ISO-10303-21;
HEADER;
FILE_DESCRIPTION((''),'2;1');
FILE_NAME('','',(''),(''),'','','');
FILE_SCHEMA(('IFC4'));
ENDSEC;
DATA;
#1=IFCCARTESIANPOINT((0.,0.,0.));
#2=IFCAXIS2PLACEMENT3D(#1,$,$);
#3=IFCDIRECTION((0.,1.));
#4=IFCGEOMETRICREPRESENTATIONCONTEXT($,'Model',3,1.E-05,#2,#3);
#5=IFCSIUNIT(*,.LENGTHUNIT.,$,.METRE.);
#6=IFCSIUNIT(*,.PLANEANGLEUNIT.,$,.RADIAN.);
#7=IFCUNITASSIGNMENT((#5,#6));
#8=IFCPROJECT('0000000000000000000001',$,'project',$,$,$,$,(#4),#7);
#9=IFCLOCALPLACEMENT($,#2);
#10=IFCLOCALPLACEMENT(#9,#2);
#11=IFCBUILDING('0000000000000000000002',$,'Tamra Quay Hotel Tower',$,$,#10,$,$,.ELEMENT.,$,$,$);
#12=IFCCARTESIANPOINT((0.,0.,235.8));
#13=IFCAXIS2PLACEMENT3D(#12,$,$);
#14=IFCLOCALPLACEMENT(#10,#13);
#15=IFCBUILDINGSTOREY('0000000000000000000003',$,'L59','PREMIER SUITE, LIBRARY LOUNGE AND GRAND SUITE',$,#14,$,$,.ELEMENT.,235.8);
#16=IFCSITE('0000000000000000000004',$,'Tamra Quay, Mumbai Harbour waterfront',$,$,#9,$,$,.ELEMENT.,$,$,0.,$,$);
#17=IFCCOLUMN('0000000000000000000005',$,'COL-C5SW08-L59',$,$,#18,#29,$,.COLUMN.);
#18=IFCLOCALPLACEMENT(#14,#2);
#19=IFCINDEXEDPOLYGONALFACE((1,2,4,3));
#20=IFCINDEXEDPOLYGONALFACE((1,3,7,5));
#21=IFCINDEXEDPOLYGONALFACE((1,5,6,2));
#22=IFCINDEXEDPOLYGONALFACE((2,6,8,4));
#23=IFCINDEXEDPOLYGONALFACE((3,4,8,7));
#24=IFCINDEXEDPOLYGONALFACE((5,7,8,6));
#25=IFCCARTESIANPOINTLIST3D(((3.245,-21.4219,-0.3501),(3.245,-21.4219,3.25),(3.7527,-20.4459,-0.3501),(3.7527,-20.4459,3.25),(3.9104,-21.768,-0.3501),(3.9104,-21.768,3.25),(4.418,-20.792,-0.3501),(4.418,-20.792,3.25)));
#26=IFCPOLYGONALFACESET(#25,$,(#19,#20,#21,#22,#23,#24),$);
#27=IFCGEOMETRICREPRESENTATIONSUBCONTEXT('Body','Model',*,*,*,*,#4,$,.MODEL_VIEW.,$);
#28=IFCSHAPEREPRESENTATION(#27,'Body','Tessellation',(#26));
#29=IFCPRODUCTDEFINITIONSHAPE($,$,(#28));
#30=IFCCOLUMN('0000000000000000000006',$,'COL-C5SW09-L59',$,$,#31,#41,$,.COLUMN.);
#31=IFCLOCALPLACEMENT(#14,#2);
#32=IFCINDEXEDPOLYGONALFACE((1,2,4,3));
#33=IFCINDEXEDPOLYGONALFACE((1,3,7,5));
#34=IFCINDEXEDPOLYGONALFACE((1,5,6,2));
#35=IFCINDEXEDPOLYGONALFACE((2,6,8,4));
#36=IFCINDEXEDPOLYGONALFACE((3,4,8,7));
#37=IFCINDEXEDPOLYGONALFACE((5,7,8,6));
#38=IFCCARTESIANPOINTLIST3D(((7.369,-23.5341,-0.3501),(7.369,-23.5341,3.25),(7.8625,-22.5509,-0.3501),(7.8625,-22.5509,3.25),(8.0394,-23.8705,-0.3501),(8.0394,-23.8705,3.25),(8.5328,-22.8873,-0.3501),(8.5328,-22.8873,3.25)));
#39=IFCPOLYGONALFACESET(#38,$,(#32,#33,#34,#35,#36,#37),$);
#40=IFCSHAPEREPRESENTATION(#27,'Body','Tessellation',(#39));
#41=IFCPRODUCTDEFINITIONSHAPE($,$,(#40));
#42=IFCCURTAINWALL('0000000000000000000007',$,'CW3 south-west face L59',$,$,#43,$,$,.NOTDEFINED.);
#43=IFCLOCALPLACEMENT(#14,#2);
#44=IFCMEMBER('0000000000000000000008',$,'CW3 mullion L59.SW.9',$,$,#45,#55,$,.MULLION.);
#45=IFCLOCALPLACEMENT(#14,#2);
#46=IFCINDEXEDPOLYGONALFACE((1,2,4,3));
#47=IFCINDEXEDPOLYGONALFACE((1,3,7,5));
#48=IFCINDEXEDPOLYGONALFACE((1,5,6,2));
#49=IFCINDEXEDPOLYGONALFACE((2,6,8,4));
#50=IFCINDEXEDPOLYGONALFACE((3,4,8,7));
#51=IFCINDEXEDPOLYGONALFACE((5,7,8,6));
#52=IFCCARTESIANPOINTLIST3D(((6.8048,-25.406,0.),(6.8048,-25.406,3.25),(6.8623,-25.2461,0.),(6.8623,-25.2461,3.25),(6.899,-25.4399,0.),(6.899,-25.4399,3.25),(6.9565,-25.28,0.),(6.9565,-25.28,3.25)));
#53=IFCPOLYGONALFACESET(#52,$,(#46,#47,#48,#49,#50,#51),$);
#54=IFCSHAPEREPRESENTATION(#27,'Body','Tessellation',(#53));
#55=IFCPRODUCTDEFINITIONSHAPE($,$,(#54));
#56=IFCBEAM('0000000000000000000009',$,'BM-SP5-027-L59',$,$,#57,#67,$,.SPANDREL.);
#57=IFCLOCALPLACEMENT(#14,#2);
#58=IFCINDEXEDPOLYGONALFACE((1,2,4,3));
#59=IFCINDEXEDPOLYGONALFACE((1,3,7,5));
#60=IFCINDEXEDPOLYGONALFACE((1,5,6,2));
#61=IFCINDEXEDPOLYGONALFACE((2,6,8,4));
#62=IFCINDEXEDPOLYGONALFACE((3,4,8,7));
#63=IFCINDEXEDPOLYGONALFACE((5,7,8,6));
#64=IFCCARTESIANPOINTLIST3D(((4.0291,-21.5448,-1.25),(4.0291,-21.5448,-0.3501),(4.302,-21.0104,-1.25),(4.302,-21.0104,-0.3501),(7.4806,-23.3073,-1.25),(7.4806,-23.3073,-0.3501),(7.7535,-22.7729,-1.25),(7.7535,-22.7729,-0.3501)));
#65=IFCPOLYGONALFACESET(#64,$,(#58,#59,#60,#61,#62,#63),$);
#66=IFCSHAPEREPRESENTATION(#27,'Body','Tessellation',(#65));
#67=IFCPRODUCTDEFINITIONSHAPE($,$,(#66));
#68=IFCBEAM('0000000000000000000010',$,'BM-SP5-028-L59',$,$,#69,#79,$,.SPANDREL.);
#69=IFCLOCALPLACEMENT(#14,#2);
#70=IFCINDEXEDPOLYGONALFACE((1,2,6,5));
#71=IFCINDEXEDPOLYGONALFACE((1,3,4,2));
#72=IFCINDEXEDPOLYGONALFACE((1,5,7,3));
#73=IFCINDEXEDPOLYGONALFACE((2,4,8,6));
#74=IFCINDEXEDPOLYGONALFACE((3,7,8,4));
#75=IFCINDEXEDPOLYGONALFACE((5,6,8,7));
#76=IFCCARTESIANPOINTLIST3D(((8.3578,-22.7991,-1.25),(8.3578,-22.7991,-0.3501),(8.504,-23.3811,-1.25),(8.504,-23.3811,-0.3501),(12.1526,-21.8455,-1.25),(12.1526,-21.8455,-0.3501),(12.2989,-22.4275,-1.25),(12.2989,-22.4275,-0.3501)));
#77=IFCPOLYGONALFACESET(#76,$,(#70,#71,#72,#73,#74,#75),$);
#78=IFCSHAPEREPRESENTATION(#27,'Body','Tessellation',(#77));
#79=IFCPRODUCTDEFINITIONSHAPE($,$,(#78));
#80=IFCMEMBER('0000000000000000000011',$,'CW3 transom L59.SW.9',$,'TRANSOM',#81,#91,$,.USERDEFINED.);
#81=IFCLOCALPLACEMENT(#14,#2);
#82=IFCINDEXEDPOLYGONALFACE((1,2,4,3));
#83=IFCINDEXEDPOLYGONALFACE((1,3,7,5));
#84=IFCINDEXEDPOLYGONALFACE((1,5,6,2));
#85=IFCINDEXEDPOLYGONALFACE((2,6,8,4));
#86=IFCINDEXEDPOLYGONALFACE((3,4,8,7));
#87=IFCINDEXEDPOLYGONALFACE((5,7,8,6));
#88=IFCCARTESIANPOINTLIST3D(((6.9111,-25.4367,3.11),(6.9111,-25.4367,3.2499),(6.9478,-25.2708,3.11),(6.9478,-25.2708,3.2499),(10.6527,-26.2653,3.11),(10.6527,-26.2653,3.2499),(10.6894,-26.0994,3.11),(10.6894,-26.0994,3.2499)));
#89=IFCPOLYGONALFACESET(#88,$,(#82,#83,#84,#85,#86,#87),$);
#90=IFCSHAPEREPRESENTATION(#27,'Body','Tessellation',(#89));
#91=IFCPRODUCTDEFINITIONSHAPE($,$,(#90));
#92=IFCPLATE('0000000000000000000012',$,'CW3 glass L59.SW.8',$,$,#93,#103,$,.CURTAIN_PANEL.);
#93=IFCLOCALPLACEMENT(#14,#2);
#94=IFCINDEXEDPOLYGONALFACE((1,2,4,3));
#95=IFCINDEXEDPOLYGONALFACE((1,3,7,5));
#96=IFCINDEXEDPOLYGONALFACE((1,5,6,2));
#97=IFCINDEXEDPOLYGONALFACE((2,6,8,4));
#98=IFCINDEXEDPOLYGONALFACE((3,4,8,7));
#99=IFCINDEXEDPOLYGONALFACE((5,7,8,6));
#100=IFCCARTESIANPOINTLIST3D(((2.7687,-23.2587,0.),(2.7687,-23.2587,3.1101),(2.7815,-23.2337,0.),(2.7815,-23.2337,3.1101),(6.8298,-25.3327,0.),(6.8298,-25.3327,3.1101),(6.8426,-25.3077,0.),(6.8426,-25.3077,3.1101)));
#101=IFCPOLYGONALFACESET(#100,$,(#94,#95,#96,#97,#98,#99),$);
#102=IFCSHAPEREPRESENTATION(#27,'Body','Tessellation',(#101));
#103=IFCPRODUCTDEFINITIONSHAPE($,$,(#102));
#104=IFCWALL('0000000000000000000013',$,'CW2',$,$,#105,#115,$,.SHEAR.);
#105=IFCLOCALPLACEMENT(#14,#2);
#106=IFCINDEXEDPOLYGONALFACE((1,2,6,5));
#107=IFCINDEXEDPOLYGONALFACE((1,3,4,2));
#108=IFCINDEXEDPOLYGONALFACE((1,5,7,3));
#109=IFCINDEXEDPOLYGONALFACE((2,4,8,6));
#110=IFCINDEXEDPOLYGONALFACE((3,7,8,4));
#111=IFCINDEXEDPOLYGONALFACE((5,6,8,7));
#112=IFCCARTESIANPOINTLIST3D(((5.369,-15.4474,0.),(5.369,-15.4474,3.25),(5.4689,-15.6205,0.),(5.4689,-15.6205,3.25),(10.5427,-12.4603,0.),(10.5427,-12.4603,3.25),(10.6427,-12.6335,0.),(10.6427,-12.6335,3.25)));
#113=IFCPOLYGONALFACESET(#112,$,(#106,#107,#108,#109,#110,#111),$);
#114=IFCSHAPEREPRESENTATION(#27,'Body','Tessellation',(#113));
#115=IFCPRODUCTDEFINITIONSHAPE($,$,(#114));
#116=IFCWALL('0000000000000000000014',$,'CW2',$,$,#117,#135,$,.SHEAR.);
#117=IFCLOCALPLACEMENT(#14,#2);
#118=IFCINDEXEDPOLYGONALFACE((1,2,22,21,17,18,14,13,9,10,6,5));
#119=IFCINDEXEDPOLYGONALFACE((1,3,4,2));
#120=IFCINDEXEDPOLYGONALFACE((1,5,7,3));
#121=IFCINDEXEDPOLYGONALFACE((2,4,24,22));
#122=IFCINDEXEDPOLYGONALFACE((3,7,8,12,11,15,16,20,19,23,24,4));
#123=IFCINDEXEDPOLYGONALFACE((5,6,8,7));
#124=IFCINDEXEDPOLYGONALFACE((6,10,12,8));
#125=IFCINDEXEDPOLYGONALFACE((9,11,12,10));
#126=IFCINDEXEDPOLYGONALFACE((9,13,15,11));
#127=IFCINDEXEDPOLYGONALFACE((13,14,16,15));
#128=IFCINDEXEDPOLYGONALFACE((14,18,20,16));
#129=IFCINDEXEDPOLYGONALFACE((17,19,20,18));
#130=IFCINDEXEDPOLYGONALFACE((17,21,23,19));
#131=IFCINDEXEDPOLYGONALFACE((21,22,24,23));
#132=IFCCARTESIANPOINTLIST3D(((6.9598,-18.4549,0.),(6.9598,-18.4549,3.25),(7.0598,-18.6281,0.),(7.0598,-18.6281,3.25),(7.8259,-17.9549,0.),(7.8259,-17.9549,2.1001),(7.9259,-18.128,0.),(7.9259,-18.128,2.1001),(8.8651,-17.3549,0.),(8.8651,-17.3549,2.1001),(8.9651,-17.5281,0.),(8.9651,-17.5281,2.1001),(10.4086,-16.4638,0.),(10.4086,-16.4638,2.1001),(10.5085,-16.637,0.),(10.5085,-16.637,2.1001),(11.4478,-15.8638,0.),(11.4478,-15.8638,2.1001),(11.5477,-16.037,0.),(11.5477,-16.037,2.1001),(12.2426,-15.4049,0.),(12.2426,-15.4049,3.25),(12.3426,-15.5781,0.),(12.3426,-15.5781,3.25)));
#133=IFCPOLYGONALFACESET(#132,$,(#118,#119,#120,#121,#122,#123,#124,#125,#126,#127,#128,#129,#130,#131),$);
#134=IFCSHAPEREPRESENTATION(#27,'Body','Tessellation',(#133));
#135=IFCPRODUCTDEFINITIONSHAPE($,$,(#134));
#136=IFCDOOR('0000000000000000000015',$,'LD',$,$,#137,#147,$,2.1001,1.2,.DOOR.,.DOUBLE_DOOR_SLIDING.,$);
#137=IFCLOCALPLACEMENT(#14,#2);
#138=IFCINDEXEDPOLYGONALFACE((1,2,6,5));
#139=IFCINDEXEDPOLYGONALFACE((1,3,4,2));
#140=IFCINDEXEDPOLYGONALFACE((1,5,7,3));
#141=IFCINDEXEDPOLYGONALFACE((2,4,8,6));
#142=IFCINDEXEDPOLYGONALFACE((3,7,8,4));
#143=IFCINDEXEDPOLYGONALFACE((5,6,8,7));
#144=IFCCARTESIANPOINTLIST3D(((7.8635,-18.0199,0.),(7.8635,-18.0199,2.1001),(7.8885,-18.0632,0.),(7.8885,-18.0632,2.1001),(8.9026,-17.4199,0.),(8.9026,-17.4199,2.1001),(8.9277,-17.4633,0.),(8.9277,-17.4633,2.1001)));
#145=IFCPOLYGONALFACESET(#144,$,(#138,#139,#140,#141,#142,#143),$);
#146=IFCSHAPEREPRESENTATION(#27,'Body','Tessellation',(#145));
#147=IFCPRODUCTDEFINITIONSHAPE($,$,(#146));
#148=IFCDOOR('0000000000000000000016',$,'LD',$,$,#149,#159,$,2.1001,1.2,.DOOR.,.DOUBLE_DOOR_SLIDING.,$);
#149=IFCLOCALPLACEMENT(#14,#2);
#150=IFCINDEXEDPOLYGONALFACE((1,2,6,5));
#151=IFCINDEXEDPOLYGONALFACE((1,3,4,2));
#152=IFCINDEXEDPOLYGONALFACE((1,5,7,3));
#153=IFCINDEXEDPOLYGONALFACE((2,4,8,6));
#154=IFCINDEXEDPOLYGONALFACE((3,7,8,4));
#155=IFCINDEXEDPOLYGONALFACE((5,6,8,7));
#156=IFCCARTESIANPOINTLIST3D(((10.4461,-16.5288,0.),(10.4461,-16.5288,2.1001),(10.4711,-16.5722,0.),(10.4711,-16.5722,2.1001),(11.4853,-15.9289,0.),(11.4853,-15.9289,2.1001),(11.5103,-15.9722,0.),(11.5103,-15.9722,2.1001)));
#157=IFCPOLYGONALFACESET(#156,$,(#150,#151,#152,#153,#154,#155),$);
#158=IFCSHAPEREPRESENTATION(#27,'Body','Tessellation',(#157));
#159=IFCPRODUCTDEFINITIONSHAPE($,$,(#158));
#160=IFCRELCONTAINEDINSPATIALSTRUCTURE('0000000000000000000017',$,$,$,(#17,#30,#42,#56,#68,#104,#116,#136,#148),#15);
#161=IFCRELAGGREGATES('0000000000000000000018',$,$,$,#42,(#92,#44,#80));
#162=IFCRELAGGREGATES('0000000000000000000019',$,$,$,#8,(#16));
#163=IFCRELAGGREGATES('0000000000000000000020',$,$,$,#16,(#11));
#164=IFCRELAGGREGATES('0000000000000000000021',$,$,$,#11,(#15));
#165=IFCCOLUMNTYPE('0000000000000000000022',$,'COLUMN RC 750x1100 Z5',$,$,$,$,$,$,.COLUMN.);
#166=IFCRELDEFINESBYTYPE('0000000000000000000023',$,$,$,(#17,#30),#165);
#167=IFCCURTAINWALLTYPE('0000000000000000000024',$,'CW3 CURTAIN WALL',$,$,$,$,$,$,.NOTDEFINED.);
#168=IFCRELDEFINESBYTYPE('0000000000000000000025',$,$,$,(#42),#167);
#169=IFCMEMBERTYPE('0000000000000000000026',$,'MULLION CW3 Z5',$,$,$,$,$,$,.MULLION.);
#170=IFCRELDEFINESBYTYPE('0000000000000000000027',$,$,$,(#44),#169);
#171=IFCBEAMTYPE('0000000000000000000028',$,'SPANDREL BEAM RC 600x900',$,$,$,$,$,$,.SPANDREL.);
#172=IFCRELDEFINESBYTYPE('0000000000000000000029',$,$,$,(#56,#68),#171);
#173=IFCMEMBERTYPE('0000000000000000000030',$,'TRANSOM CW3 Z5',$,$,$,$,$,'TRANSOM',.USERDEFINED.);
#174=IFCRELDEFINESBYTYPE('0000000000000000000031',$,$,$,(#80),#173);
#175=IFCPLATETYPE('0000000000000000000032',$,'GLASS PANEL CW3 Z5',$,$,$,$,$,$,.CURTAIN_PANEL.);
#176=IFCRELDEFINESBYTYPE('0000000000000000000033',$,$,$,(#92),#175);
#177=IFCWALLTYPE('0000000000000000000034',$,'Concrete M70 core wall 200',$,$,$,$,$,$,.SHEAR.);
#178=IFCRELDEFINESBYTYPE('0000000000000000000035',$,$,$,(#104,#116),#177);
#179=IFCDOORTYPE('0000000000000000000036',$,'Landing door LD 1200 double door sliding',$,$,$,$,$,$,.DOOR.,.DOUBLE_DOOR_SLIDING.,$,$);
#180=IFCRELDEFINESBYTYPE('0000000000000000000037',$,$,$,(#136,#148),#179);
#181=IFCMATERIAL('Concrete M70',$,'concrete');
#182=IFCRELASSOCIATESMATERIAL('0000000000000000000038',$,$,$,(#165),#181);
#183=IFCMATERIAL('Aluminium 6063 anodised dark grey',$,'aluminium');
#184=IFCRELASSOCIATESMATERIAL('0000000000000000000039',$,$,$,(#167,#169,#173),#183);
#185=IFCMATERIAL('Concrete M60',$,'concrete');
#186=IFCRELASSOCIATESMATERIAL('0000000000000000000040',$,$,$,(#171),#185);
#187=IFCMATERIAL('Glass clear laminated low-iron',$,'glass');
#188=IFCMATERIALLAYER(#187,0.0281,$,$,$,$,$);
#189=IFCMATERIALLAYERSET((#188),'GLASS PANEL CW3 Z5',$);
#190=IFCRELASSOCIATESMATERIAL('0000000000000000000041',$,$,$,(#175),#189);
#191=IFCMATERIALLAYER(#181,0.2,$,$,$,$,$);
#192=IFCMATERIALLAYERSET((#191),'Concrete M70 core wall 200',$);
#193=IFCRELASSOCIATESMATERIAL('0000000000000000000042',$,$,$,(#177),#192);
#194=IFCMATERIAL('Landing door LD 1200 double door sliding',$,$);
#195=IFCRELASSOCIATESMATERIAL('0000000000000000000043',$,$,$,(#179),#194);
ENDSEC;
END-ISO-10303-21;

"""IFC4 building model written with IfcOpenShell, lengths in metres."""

from ifc_helpers import new_model, si_unit, direction, frame, frame_2d, origin, origin_2d, place, context, subcontext, project, spatial, rectangle, extrude, material, layer, layer_set, material_profile, profile_set, type_object, element, fill, aggregate, save


model = new_model("IFC4")

# Units and contexts
model_context = context("Model", 3, precision=1e-05, world=origin(), true_north=direction((0.0, 1.0)))
body_context = subcontext(model_context, "Body", "Model", "MODEL_VIEW")
ifc_project = project(units=[si_unit("LENGTHUNIT", "METRE"), si_unit("PLANEANGLEUNIT", "RADIAN")], contexts=[model_context])

# Site, building, storey
site_placement = place(None, origin())
site = spatial("IfcSite", under=ifc_project, at=site_placement, Name="Tamra Quay, Mumbai Harbour waterfront", CompositionType="ELEMENT", RefElevation=0.0)
building_placement = place(site_placement, origin())
building = spatial("IfcBuilding", under=site, at=building_placement, Name="Tamra Quay Hotel Tower", CompositionType="ELEMENT")
storey_placement = place(building_placement, frame((0.0, 0.0, 235.8)))
storey = spatial("IfcBuildingStorey", under=building, at=storey_placement, Name="L59", Description="PREMIER SUITE, LIBRARY LOUNGE AND GRAND SUITE", CompositionType="ELEMENT", Elevation=235.8)

# Columns
ifc_material_1 = material(Name="Concrete M70", Category="concrete")
ifc_material_profile_1 = material_profile(ifc_material_1, rectangle(XDim=1.1001, YDim=0.75, at=origin_2d()), Name="COLUMN RC 750x1100 Z5")
ifc_profile_set_1 = profile_set([ifc_material_profile_1], Name="Concrete M70")
column_type = type_object("IfcColumnType", Name="COLUMN RC 750x1100 Z5", PredefinedType="COLUMN", material=ifc_profile_set_1)
for number, where, z_axis, x_axis, name in (
    (1, (3.8315, -21.1069, -0.3501), (0.0, 0.0, 1.0), (0.461448, 0.887167, 0.0), "COL-C5SW08-L59"),
    (2, (7.9509, -23.2107, -0.3501), (0.0, 0.0, 1.0), (0.448553, 0.893756, 0.0), "COL-C5SW09-L59"),
):
    element("IfcColumn", number, at=place(storey_placement, frame(where, z_axis=z_axis, x_axis=x_axis)), inside=storey, type_object=column_type, Name=name, PredefinedType="COLUMN", context=body_context, shape_type="SweptSolid", body=[
        extrude(rectangle(XDim=1.1001, YDim=0.75, at=origin_2d()), origin(), (0.0, 0.0, 1.0), 3.6001),
    ])

# Curtain wall, member
ifc_material_2 = material(Name="Aluminium 6063 anodised dark grey", Category="aluminium")
curtain_wall_type = type_object("IfcCurtainWallType", Name="CW3 CURTAIN WALL", PredefinedType="NOTDEFINED", material=ifc_material_2)
curtain_wall_placement = place(storey_placement, origin())
curtain_wall = element("IfcCurtainWall", 3, at=curtain_wall_placement, inside=storey, type_object=curtain_wall_type, Name="CW3 south-west face L59", PredefinedType="NOTDEFINED")
ifc_material_profile_2 = material_profile(ifc_material_2, rectangle(XDim=0.1699, YDim=0.1001, at=origin_2d()), Name="MULLION 100X170")
ifc_profile_set_2 = profile_set([ifc_material_profile_2], Name="Aluminium 6063 anodised dark grey")
member_type_1 = type_object("IfcMemberType", Name="MULLION CW3 Z5", PredefinedType="MULLION", material=ifc_profile_set_2)
member_1_placement = place(storey_placement, frame((6.8806, -25.343, 0.0), z_axis=(0.0, 0.0, 1.0), x_axis=(-0.338259, -0.941053, 0.0)))
member_1 = element("IfcMember", 4, at=member_1_placement, type_object=member_type_1, Name="CW3 mullion L59.SW.9", PredefinedType="MULLION", context=body_context, shape_type="SweptSolid", body=[
    extrude(rectangle(XDim=0.1699, YDim=0.1001, at=origin_2d()), origin(), (0.0, 0.0, 1.0), 3.25),
])

# Beams
ifc_material_3 = material(Name="Concrete M60", Category="concrete")
ifc_material_profile_3 = material_profile(ifc_material_3, rectangle(XDim=0.6001, YDim=0.8999, at=origin_2d()), Name="SPANDREL BEAM RC 600x900")
ifc_profile_set_3 = profile_set([ifc_material_profile_3], Name="Concrete M60")
beam_type = type_object("IfcBeamType", Name="SPANDREL BEAM RC 600x900", PredefinedType="SPANDREL", material=ifc_profile_set_3)
beam_1_placement = place(storey_placement, frame((4.1655, -21.2776, -0.8), z_axis=(0.890603, -0.454782, 0.0), x_axis=(0.454782, 0.890603, 0.0)))
element("IfcBeam", 5, at=beam_1_placement, inside=storey, type_object=beam_type, Name="BM-SP5-027-L59", PredefinedType="SPANDREL", context=body_context, shape_type="SweptSolid", body=[
    extrude(rectangle(XDim=0.6001, YDim=0.8999, at=origin_2d()), origin(), (0.0, 0.0, 1.0), 3.8755),
])
beam_2_placement = place(storey_placement, frame((8.4309, -23.0901, -0.8), z_axis=(0.969848, 0.24371, 0.0), x_axis=(-0.24371, 0.969848, 0.0)))
element("IfcBeam", 6, at=beam_2_placement, inside=storey, type_object=beam_type, Name="BM-SP5-028-L59", PredefinedType="SPANDREL", context=body_context, shape_type="SweptSolid", body=[
    extrude(rectangle(XDim=0.6001, YDim=0.8999, at=origin_2d()), origin(), (0.0, 0.0, 1.0), 3.9128),
])

# Member
ifc_material_profile_4 = material_profile(ifc_material_2, rectangle(XDim=0.1699, YDim=0.1399, at=origin_2d()), Name="TRANSOM 170X140")
ifc_profile_set_4 = profile_set([ifc_material_profile_4], Name="Aluminium 6063 anodised dark grey")
member_type_2 = type_object("IfcMemberType", Name="TRANSOM CW3 Z5", ElementType="TRANSOM", PredefinedType="USERDEFINED", material=ifc_profile_set_4)
member_2_placement = place(storey_placement, frame((6.9294, -25.3538, 3.1799), z_axis=(0.976346, -0.216215, 0.0), x_axis=(0.216215, 0.976346, 0.0)))
member_2 = element("IfcMember", 7, at=member_2_placement, type_object=member_type_2, Name="CW3 transom L59.SW.9", ObjectType="TRANSOM", PredefinedType="USERDEFINED", context=body_context, shape_type="SweptSolid", body=[
    extrude(rectangle(XDim=0.1699, YDim=0.1399, at=origin_2d()), origin(), (0.0, 0.0, 1.0), 3.8323),
])

# Plate
ifc_material_4 = material(Name="Glass clear laminated low-iron", Category="glass")
ifc_layer_1 = layer(ifc_material_4, 0.0281)
ifc_layer_set_1 = layer_set([ifc_layer_1], Name="GLASS PANEL CW3 Z5")
plate_type = type_object("IfcPlateType", Name="GLASS PANEL CW3 Z5", PredefinedType="CURTAIN_PANEL", material=ifc_layer_set_1)
plate_placement = place(storey_placement, frame((4.8057, -24.2832, 0.0), z_axis=(0.0, 0.0, 1.0), x_axis=(0.890582, -0.454823, 0.0)))
plate = element("IfcPlate", 8, at=plate_placement, type_object=plate_type, Name="CW3 glass L59.SW.8", PredefinedType="CURTAIN_PANEL", context=body_context, shape_type="SweptSolid", body=[
    extrude(rectangle(XDim=4.5601, YDim=0.0281, at=origin_2d()), origin(), (0.0, 0.0, 1.0), 3.1101),
])
aggregate(curtain_wall, [plate, member_1, member_2])

# Wall
ifc_layer_2 = layer(ifc_material_1, 0.2)
ifc_layer_set_2 = layer_set([ifc_layer_2], Name="Concrete M70 core wall 200")
wall_type_1 = type_object("IfcWallType", Name="Concrete M70 core wall 200", PredefinedType="SHEAR", material=ifc_layer_set_2)
wall_1_placement = place(storey_placement, frame((5.4189, -15.5339, 0.0), z_axis=(0.0, 0.0, 1.0), x_axis=(0.866029, 0.499994, 0.0)))
element("IfcWall", 9, at=wall_1_placement, inside=storey, type_object=wall_type_1, Name="CW2", PredefinedType="SHEAR", context=body_context, shape_type="SweptSolid", body=[
    extrude(rectangle(XDim=5.9741, YDim=0.2, at=frame_2d((2.9871, 0.0))), origin(), (0.0, 0.0, 1.0), 3.25),
])

# Wall, openings, doors
wall_2_placement = place(storey_placement, frame((7.0098, -18.5415, 0.0), z_axis=(0.0, 0.0, 1.0), x_axis=(0.86603, 0.499992, 0.0)))
wall_2 = element("IfcWall", 10, at=wall_2_placement, inside=storey, type_object=wall_type_1, Name="CW2", PredefinedType="SHEAR", context=body_context, shape_type="SweptSolid", body=[
    extrude(rectangle(XDim=6.1001, YDim=0.2, at=frame_2d((3.05, 0.0))), origin(), (0.0, 0.0, 1.0), 3.25),
])
opening_1_placement = place(wall_2_placement, frame((1.0, 0.0, 0.0)))
opening_1 = element("IfcOpeningElement", 11, at=opening_1_placement, cuts=wall_2, PredefinedType="OPENING", context=body_context, shape_type="SweptSolid", body=[
    extrude(rectangle(XDim=1.2, YDim=2.1001, at=frame_2d((0.6001, 1.05))), frame((0.0, 0.1099, 0.0), z_axis=(0.0, -1.0, 0.0), x_axis=(1.0, 0.0, 0.0)), (0.0, 0.0, 1.0), 0.22),
])
opening_2_placement = place(wall_2_placement, frame((3.9822, 0.0, 0.0)))
opening_2 = element("IfcOpeningElement", 12, at=opening_2_placement, cuts=wall_2, PredefinedType="OPENING", context=body_context, shape_type="SweptSolid", body=[
    extrude(rectangle(XDim=1.2, YDim=2.1001, at=frame_2d((0.6001, 1.05))), frame((0.0, 0.1099, 0.0), z_axis=(0.0, -1.0, 0.0), x_axis=(1.0, 0.0, 0.0)), (0.0, 0.0, 1.0), 0.22),
])
ifc_material_5 = material(Name="Landing door LD 1200 double door sliding")
door_type_1 = type_object("IfcDoorType", Name="Landing door LD 1200 double door sliding", OperationType="DOUBLE_DOOR_SLIDING", PredefinedType="DOOR", material=ifc_material_5)
door_1_placement = place(opening_1_placement, origin())
door_1 = element("IfcDoor", 13, at=door_1_placement, inside=storey, type_object=door_type_1, Name="LD", OperationType="DOUBLE_DOOR_SLIDING", OverallHeight=2.1001, OverallWidth=1.2, PredefinedType="DOOR", context=body_context, shape_type="SweptSolid", body=[
    extrude(rectangle(XDim=1.2, YDim=2.1001, at=frame_2d((0.6001, 1.05))), frame((0.0, 0.0249, 0.0), z_axis=(0.0, -1.0, 0.0), x_axis=(1.0, 0.0, 0.0)), (0.0, 0.0, 1.0), 0.05),
])
fill(opening_1, door_1)
door_2_placement = place(opening_2_placement, origin())
door_2 = element("IfcDoor", 14, at=door_2_placement, inside=storey, type_object=door_type_1, Name="LD", OperationType="DOUBLE_DOOR_SLIDING", OverallHeight=2.1001, OverallWidth=1.2, PredefinedType="DOOR", context=body_context, shape_type="SweptSolid", body=[
    extrude(rectangle(XDim=1.2, YDim=2.1001, at=frame_2d((0.6001, 1.05))), frame((0.0, 0.0249, 0.0), z_axis=(0.0, -1.0, 0.0), x_axis=(1.0, 0.0, 0.0)), (0.0, 0.0, 1.0), 0.05),
])
fill(opening_2, door_2)

save(model, "model.ifc")
